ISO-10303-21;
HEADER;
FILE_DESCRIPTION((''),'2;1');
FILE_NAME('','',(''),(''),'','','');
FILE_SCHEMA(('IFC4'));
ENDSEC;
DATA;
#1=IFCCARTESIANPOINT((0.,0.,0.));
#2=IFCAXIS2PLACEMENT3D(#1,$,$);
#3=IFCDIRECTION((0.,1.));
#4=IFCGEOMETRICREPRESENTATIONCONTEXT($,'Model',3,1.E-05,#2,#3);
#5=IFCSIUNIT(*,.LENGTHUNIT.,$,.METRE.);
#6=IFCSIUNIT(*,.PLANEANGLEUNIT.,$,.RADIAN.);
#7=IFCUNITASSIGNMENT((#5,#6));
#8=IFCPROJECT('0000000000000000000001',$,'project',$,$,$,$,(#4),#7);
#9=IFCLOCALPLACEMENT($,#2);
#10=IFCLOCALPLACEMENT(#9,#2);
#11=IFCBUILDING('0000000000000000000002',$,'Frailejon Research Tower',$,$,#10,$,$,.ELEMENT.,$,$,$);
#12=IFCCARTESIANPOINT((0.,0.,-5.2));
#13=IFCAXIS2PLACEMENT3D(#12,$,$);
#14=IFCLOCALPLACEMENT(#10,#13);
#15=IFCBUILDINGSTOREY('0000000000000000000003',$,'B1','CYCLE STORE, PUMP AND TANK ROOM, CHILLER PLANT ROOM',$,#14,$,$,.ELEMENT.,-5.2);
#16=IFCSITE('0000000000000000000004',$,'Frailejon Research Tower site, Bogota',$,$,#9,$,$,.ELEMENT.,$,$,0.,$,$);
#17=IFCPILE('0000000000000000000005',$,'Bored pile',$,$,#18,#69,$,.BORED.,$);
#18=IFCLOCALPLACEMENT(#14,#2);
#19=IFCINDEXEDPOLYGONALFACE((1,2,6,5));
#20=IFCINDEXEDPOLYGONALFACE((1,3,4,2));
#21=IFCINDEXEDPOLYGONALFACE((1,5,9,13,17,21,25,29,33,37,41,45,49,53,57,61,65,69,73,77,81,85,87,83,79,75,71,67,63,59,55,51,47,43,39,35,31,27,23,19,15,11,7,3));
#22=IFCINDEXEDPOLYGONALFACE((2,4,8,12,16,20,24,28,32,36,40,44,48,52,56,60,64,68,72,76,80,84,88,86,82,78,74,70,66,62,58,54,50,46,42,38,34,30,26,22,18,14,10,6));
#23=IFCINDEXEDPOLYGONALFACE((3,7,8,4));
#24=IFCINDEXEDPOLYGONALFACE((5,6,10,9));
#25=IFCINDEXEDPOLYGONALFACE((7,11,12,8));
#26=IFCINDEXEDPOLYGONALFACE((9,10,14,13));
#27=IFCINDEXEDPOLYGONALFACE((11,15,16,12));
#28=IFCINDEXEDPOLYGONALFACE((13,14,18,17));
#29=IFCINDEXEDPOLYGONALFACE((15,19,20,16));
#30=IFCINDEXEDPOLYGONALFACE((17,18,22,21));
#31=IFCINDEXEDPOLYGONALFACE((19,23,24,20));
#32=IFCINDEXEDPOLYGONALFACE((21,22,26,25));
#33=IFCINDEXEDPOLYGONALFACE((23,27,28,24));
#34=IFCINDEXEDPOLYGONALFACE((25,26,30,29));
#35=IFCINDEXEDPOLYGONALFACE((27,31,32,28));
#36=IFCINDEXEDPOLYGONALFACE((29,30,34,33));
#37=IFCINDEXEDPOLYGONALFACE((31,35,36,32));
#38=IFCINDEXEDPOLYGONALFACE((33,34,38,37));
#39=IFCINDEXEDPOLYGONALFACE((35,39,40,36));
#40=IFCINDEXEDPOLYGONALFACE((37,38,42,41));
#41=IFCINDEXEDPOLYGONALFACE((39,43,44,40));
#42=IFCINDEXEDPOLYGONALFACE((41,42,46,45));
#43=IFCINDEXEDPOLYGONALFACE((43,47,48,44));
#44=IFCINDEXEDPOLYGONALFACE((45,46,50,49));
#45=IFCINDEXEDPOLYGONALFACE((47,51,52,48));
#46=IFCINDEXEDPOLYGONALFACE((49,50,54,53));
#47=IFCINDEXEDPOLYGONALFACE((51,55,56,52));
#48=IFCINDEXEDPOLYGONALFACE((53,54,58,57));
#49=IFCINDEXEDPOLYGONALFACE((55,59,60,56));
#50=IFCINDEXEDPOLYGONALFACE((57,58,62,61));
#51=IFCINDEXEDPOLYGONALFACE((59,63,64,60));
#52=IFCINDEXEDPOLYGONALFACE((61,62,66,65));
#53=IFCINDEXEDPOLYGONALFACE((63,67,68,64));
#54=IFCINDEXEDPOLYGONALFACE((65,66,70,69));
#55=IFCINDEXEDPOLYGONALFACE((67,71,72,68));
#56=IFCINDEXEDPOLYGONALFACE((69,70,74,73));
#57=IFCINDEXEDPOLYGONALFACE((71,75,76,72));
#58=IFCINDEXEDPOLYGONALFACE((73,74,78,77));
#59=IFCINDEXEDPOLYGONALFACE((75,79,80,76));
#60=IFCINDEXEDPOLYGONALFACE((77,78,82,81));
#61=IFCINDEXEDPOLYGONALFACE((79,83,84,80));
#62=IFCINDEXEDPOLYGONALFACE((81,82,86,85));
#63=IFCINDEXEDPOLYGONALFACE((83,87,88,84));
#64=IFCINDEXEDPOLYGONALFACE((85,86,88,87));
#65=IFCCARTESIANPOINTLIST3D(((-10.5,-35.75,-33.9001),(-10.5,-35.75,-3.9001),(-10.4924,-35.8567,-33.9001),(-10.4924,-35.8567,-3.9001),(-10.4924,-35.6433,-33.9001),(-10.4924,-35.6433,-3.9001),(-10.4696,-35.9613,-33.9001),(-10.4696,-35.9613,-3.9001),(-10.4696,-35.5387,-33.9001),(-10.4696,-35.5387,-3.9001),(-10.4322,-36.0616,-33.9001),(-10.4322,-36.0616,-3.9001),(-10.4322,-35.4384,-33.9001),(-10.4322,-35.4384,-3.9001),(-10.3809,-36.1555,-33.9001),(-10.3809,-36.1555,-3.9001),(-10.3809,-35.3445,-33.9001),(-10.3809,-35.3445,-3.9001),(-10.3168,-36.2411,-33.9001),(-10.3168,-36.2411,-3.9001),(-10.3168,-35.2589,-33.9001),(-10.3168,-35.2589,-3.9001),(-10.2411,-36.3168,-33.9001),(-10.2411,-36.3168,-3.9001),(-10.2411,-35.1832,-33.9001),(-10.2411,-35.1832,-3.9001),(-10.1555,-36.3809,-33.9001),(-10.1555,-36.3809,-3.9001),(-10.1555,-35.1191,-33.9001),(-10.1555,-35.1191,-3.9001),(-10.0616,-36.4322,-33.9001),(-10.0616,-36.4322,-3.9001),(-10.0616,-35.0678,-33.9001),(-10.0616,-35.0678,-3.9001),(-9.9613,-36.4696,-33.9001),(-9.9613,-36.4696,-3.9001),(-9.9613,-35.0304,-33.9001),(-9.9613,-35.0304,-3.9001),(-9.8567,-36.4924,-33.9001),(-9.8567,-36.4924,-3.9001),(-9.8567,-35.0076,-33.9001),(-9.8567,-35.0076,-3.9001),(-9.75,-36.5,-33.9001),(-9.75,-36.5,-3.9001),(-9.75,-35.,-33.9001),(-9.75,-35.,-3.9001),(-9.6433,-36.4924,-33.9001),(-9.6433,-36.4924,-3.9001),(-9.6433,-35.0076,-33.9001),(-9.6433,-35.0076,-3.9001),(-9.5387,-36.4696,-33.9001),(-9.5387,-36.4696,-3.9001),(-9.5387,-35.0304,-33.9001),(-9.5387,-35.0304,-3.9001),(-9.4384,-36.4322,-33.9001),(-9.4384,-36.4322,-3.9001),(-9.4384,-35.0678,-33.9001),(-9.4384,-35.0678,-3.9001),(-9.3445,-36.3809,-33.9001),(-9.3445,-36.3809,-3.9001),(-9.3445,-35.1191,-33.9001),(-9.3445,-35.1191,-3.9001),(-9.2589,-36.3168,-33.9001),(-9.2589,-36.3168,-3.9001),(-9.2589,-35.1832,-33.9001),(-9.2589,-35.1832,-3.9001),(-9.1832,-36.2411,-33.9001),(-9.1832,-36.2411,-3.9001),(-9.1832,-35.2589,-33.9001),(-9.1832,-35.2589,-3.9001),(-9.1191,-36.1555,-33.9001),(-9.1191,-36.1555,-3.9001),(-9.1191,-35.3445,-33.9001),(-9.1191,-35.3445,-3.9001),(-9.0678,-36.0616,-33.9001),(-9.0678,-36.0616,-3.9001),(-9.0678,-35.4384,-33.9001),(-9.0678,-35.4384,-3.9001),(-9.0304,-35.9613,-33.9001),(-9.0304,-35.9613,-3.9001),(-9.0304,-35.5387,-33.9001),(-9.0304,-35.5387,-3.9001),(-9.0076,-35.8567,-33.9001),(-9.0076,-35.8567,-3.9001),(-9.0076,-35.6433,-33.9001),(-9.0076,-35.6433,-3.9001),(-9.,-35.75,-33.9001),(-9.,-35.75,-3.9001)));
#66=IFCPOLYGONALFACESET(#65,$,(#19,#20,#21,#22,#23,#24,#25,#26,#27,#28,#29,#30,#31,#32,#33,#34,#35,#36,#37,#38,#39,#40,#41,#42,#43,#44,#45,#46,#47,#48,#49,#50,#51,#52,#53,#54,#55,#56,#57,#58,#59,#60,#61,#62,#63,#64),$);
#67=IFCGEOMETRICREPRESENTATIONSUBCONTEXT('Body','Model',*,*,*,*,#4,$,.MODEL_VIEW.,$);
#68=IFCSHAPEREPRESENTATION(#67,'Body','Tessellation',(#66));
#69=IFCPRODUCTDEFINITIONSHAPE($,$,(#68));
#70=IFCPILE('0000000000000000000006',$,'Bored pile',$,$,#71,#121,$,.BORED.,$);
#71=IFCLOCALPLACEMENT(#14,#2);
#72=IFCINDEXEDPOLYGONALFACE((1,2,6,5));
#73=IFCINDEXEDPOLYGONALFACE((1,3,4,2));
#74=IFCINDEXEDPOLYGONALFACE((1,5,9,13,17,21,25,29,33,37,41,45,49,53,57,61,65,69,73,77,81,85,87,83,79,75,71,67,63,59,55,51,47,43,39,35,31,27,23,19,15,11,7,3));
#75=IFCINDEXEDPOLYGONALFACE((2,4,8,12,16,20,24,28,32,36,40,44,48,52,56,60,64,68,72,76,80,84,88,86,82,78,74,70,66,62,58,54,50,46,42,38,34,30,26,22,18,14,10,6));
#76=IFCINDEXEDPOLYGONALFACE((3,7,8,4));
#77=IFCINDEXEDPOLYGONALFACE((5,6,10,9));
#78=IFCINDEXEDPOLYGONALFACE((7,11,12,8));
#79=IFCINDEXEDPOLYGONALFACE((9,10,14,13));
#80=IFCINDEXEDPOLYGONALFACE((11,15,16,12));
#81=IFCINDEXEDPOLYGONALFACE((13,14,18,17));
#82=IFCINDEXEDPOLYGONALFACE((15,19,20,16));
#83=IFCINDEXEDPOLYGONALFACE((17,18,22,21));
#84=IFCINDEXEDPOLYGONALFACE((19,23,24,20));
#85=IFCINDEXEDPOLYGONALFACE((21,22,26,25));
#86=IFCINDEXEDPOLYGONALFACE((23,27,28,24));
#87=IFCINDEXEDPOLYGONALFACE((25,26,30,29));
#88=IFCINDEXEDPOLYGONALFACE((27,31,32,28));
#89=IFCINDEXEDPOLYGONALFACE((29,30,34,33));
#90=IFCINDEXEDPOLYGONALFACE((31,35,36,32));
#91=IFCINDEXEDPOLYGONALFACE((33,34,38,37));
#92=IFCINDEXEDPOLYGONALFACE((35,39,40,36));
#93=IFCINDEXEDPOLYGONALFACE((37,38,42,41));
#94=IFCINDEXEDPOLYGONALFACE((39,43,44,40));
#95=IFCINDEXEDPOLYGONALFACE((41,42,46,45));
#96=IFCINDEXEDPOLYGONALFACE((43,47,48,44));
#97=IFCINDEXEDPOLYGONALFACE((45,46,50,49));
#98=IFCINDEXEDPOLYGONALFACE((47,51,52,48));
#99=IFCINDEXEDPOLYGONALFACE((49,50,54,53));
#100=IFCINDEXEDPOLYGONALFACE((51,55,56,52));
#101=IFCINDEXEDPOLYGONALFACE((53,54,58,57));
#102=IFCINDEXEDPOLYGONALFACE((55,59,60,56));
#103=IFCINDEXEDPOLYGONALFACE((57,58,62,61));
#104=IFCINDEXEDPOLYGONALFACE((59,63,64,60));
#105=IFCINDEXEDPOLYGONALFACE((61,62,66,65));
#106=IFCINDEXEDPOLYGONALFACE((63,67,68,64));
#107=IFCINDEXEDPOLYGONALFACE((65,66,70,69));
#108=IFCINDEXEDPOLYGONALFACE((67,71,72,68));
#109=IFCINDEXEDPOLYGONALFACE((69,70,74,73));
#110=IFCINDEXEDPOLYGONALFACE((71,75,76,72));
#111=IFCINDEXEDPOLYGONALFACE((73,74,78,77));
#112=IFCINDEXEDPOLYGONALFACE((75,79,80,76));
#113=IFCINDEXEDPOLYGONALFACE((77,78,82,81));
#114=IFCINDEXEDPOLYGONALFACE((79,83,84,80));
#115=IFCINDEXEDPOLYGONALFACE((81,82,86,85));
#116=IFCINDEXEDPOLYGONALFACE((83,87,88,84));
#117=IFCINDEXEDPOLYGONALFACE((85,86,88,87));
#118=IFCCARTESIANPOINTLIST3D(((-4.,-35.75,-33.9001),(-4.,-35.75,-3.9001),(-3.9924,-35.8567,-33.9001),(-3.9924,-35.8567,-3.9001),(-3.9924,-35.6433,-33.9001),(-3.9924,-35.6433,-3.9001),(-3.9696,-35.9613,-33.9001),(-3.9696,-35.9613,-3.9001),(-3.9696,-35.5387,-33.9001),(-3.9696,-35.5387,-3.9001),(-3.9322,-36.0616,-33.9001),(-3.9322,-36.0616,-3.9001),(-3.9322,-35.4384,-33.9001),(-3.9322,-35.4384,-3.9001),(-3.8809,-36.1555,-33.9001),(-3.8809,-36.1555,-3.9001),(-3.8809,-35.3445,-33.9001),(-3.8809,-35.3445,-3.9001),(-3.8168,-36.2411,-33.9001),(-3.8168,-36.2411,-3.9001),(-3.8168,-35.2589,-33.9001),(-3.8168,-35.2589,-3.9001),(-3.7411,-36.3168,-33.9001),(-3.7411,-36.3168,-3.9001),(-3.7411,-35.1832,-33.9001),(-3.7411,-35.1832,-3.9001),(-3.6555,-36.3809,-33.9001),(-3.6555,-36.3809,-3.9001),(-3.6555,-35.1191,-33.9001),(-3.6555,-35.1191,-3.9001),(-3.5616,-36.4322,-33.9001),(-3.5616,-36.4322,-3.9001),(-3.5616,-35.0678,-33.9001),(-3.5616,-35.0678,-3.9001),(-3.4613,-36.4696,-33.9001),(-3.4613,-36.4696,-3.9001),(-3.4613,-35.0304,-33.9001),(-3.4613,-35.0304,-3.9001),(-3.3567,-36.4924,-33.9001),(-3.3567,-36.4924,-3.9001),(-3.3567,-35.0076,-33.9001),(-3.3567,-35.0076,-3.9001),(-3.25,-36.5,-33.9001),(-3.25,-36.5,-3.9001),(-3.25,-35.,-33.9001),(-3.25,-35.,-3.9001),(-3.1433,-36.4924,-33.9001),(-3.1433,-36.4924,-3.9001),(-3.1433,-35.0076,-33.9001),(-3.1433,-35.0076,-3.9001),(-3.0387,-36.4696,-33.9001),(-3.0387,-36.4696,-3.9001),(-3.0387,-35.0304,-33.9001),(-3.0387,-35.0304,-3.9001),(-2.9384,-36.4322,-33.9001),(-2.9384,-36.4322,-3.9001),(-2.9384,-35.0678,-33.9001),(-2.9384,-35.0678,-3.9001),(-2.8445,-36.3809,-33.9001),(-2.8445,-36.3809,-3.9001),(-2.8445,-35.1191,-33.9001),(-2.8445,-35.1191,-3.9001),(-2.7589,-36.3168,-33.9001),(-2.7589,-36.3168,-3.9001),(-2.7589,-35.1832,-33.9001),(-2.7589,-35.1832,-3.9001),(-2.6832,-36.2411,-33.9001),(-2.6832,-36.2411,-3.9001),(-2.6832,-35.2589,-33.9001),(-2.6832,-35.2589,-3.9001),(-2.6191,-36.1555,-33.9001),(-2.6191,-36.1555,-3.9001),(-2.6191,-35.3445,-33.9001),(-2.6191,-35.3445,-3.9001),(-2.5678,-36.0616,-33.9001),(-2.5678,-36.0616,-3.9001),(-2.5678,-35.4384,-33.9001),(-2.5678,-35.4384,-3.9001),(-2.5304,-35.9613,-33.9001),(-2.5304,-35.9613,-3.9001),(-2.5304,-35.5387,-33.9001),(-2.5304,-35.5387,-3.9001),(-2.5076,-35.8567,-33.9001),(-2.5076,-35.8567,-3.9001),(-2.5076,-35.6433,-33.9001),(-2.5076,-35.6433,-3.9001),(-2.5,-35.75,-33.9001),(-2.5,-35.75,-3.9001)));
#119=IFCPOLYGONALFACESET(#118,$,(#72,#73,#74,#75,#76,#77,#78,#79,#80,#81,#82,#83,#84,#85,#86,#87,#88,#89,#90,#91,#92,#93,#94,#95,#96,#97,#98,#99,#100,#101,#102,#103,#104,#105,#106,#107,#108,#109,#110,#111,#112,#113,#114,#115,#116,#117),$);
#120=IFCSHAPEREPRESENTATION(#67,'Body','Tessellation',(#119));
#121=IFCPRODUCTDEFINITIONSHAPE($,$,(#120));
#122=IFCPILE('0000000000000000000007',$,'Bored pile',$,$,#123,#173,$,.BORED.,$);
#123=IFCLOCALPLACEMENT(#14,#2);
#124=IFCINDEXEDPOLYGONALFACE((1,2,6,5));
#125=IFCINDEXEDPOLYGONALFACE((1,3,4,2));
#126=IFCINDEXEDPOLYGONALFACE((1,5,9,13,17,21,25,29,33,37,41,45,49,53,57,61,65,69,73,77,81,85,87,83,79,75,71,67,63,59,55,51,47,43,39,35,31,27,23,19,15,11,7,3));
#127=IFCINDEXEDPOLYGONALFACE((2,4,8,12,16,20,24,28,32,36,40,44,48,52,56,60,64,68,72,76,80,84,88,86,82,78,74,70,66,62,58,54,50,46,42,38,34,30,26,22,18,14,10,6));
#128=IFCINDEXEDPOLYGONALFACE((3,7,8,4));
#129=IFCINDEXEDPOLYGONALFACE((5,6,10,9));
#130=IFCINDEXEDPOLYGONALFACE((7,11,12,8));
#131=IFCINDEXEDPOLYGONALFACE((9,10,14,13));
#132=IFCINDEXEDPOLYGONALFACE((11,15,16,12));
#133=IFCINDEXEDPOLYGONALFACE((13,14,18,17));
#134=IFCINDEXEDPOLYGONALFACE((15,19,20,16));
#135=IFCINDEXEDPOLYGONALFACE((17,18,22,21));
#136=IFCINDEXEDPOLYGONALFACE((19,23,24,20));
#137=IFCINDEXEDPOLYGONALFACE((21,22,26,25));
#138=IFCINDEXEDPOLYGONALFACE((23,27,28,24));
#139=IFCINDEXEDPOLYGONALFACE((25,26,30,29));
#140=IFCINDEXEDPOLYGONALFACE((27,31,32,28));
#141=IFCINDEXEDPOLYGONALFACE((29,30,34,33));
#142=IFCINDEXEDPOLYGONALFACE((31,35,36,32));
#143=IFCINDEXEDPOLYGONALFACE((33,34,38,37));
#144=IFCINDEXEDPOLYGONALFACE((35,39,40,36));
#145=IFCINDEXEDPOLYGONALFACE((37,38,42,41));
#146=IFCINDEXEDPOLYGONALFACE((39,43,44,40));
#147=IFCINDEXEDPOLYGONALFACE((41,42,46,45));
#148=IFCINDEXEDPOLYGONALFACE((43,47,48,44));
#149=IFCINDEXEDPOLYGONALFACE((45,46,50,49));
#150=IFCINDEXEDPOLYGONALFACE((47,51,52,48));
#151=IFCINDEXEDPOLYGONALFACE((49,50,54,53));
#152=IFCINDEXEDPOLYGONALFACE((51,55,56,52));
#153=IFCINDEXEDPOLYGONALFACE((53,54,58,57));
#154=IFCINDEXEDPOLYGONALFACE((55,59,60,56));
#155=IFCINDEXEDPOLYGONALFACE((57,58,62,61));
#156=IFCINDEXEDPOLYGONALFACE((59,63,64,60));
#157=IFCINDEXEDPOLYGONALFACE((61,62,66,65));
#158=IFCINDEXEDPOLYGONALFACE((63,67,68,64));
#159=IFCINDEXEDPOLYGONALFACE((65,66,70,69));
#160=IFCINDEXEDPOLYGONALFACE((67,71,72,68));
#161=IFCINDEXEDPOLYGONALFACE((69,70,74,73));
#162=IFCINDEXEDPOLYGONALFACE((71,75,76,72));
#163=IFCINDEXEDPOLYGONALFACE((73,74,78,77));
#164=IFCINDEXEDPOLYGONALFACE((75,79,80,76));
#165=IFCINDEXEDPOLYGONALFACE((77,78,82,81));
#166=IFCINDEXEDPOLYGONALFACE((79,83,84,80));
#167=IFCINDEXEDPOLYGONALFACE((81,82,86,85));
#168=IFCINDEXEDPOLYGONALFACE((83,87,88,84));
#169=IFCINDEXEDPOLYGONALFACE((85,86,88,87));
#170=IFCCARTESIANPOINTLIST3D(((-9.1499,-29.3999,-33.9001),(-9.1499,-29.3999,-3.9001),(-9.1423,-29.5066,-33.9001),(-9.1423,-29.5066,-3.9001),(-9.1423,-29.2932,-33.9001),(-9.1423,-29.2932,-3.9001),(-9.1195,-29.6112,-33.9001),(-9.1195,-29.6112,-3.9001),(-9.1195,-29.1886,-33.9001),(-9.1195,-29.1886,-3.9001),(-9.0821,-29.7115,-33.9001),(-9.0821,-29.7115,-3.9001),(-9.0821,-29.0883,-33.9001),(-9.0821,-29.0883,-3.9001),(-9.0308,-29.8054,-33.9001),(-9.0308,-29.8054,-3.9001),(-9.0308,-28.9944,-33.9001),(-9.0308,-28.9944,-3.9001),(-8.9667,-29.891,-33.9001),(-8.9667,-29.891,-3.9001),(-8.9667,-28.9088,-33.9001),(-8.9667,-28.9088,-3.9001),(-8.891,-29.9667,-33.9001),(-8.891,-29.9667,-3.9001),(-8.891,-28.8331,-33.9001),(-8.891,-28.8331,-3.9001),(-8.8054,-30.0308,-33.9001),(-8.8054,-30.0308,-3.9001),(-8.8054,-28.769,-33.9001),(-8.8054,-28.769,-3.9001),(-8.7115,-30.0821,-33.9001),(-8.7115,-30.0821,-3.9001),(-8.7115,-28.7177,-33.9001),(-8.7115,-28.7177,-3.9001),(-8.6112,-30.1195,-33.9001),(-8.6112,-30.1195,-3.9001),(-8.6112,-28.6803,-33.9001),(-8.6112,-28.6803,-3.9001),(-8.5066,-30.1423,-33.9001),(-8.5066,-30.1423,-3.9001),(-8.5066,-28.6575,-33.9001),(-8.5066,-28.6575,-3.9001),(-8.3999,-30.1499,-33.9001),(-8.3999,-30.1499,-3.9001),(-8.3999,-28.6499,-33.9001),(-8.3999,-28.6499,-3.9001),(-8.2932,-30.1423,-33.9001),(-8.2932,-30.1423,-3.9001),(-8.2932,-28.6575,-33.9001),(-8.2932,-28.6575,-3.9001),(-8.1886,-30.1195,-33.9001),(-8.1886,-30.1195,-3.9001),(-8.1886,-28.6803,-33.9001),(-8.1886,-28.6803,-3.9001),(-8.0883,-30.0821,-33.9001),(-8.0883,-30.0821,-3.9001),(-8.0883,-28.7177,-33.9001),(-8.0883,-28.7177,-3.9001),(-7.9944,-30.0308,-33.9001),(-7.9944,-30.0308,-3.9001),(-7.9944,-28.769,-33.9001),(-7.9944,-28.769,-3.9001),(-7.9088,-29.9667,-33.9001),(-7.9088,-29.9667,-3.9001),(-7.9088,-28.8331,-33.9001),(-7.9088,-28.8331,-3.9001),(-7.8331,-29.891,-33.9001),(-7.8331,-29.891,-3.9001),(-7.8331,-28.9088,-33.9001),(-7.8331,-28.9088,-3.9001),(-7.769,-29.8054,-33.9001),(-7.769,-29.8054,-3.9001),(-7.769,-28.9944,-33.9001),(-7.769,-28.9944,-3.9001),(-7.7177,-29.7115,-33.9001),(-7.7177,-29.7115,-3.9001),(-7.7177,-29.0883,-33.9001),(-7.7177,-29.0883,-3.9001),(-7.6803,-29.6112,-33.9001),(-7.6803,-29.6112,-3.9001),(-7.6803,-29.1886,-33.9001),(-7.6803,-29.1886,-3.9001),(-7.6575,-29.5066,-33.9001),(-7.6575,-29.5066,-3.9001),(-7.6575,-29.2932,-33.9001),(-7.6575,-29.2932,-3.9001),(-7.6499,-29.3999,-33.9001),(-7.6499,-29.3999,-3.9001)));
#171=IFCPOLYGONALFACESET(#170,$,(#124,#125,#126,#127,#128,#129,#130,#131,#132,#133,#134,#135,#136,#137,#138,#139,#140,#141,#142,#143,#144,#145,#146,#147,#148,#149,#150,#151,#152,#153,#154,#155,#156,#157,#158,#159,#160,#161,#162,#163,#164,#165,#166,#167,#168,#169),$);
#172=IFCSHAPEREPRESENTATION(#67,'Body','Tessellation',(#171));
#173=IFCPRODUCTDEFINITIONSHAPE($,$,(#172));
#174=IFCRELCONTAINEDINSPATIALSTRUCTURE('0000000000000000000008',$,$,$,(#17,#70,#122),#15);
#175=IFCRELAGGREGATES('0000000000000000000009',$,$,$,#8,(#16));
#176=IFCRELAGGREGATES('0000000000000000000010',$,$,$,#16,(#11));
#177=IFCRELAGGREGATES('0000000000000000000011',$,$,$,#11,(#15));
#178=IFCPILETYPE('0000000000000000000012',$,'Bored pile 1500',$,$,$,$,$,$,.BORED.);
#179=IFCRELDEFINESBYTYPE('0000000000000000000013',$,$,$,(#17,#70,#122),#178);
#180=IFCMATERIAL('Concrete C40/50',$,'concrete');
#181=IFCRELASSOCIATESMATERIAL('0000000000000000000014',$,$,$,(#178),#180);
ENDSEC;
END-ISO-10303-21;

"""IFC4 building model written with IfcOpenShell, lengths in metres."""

from ifc_helpers import new_model, si_unit, direction, frame, origin, origin_2d, place, context, subcontext, project, spatial, circle, extrude, material, material_profile, profile_set, type_object, element, save


model = new_model("IFC4")

# Units and contexts
model_context = context("Model", 3, precision=1e-05, world=origin(), true_north=direction((0.0, 1.0)))
body_context = subcontext(model_context, "Body", "Model", "MODEL_VIEW")
ifc_project = project(units=[si_unit("LENGTHUNIT", "METRE"), si_unit("PLANEANGLEUNIT", "RADIAN")], contexts=[model_context])

# Site, building, storey
site_placement = place(None, origin())
site = spatial("IfcSite", under=ifc_project, at=site_placement, Name="Frailejon Research Tower site, Bogota", CompositionType="ELEMENT", RefElevation=0.0)
building_placement = place(site_placement, origin())
building = spatial("IfcBuilding", under=site, at=building_placement, Name="Frailejon Research Tower", CompositionType="ELEMENT")
storey_placement = place(building_placement, frame((0.0, 0.0, -5.2)))
storey = spatial("IfcBuildingStorey", under=building, at=storey_placement, Name="B1", Description="CYCLE STORE, PUMP AND TANK ROOM, CHILLER PLANT ROOM", CompositionType="ELEMENT", Elevation=-5.2)

# Piles
ifc_material_1 = material(Name="Concrete C40/50", Category="concrete")
ifc_material_profile_1 = material_profile(ifc_material_1, circle(Radius=0.75, at=origin_2d()), Name="Bored pile 1500")
ifc_profile_set_1 = profile_set([ifc_material_profile_1], Name="Concrete C40/50")
pile_type = type_object("IfcPileType", Name="Bored pile 1500", PredefinedType="BORED", material=ifc_profile_set_1)
for number, where, z_axis, x_axis, name in (
    (1, (-9.75, -35.75, -3.9001), (0.0, 0.0, -1.0), (1.0, 0.0, 0.0), "Bored pile"),
    (2, (-3.25, -35.75, -3.9001), (0.0, 0.0, -1.0), (1.0, 0.0, 0.0), "Bored pile"),
    (3, (-8.3999, -29.3999, -3.9001), (0.0, 0.0, -1.0), (1.0, 0.0, 0.0), "Bored pile"),
):
    element("IfcPile", number, at=place(storey_placement, frame(where, z_axis=z_axis, x_axis=x_axis)), inside=storey, type_object=pile_type, Name=name, PredefinedType="BORED", context=body_context, shape_type="SweptSolid", body=[
        extrude(circle(Radius=0.75, at=origin_2d()), origin(), (0.0, 0.0, 1.0), 30.0),
    ])

save(model, "model.ifc")
